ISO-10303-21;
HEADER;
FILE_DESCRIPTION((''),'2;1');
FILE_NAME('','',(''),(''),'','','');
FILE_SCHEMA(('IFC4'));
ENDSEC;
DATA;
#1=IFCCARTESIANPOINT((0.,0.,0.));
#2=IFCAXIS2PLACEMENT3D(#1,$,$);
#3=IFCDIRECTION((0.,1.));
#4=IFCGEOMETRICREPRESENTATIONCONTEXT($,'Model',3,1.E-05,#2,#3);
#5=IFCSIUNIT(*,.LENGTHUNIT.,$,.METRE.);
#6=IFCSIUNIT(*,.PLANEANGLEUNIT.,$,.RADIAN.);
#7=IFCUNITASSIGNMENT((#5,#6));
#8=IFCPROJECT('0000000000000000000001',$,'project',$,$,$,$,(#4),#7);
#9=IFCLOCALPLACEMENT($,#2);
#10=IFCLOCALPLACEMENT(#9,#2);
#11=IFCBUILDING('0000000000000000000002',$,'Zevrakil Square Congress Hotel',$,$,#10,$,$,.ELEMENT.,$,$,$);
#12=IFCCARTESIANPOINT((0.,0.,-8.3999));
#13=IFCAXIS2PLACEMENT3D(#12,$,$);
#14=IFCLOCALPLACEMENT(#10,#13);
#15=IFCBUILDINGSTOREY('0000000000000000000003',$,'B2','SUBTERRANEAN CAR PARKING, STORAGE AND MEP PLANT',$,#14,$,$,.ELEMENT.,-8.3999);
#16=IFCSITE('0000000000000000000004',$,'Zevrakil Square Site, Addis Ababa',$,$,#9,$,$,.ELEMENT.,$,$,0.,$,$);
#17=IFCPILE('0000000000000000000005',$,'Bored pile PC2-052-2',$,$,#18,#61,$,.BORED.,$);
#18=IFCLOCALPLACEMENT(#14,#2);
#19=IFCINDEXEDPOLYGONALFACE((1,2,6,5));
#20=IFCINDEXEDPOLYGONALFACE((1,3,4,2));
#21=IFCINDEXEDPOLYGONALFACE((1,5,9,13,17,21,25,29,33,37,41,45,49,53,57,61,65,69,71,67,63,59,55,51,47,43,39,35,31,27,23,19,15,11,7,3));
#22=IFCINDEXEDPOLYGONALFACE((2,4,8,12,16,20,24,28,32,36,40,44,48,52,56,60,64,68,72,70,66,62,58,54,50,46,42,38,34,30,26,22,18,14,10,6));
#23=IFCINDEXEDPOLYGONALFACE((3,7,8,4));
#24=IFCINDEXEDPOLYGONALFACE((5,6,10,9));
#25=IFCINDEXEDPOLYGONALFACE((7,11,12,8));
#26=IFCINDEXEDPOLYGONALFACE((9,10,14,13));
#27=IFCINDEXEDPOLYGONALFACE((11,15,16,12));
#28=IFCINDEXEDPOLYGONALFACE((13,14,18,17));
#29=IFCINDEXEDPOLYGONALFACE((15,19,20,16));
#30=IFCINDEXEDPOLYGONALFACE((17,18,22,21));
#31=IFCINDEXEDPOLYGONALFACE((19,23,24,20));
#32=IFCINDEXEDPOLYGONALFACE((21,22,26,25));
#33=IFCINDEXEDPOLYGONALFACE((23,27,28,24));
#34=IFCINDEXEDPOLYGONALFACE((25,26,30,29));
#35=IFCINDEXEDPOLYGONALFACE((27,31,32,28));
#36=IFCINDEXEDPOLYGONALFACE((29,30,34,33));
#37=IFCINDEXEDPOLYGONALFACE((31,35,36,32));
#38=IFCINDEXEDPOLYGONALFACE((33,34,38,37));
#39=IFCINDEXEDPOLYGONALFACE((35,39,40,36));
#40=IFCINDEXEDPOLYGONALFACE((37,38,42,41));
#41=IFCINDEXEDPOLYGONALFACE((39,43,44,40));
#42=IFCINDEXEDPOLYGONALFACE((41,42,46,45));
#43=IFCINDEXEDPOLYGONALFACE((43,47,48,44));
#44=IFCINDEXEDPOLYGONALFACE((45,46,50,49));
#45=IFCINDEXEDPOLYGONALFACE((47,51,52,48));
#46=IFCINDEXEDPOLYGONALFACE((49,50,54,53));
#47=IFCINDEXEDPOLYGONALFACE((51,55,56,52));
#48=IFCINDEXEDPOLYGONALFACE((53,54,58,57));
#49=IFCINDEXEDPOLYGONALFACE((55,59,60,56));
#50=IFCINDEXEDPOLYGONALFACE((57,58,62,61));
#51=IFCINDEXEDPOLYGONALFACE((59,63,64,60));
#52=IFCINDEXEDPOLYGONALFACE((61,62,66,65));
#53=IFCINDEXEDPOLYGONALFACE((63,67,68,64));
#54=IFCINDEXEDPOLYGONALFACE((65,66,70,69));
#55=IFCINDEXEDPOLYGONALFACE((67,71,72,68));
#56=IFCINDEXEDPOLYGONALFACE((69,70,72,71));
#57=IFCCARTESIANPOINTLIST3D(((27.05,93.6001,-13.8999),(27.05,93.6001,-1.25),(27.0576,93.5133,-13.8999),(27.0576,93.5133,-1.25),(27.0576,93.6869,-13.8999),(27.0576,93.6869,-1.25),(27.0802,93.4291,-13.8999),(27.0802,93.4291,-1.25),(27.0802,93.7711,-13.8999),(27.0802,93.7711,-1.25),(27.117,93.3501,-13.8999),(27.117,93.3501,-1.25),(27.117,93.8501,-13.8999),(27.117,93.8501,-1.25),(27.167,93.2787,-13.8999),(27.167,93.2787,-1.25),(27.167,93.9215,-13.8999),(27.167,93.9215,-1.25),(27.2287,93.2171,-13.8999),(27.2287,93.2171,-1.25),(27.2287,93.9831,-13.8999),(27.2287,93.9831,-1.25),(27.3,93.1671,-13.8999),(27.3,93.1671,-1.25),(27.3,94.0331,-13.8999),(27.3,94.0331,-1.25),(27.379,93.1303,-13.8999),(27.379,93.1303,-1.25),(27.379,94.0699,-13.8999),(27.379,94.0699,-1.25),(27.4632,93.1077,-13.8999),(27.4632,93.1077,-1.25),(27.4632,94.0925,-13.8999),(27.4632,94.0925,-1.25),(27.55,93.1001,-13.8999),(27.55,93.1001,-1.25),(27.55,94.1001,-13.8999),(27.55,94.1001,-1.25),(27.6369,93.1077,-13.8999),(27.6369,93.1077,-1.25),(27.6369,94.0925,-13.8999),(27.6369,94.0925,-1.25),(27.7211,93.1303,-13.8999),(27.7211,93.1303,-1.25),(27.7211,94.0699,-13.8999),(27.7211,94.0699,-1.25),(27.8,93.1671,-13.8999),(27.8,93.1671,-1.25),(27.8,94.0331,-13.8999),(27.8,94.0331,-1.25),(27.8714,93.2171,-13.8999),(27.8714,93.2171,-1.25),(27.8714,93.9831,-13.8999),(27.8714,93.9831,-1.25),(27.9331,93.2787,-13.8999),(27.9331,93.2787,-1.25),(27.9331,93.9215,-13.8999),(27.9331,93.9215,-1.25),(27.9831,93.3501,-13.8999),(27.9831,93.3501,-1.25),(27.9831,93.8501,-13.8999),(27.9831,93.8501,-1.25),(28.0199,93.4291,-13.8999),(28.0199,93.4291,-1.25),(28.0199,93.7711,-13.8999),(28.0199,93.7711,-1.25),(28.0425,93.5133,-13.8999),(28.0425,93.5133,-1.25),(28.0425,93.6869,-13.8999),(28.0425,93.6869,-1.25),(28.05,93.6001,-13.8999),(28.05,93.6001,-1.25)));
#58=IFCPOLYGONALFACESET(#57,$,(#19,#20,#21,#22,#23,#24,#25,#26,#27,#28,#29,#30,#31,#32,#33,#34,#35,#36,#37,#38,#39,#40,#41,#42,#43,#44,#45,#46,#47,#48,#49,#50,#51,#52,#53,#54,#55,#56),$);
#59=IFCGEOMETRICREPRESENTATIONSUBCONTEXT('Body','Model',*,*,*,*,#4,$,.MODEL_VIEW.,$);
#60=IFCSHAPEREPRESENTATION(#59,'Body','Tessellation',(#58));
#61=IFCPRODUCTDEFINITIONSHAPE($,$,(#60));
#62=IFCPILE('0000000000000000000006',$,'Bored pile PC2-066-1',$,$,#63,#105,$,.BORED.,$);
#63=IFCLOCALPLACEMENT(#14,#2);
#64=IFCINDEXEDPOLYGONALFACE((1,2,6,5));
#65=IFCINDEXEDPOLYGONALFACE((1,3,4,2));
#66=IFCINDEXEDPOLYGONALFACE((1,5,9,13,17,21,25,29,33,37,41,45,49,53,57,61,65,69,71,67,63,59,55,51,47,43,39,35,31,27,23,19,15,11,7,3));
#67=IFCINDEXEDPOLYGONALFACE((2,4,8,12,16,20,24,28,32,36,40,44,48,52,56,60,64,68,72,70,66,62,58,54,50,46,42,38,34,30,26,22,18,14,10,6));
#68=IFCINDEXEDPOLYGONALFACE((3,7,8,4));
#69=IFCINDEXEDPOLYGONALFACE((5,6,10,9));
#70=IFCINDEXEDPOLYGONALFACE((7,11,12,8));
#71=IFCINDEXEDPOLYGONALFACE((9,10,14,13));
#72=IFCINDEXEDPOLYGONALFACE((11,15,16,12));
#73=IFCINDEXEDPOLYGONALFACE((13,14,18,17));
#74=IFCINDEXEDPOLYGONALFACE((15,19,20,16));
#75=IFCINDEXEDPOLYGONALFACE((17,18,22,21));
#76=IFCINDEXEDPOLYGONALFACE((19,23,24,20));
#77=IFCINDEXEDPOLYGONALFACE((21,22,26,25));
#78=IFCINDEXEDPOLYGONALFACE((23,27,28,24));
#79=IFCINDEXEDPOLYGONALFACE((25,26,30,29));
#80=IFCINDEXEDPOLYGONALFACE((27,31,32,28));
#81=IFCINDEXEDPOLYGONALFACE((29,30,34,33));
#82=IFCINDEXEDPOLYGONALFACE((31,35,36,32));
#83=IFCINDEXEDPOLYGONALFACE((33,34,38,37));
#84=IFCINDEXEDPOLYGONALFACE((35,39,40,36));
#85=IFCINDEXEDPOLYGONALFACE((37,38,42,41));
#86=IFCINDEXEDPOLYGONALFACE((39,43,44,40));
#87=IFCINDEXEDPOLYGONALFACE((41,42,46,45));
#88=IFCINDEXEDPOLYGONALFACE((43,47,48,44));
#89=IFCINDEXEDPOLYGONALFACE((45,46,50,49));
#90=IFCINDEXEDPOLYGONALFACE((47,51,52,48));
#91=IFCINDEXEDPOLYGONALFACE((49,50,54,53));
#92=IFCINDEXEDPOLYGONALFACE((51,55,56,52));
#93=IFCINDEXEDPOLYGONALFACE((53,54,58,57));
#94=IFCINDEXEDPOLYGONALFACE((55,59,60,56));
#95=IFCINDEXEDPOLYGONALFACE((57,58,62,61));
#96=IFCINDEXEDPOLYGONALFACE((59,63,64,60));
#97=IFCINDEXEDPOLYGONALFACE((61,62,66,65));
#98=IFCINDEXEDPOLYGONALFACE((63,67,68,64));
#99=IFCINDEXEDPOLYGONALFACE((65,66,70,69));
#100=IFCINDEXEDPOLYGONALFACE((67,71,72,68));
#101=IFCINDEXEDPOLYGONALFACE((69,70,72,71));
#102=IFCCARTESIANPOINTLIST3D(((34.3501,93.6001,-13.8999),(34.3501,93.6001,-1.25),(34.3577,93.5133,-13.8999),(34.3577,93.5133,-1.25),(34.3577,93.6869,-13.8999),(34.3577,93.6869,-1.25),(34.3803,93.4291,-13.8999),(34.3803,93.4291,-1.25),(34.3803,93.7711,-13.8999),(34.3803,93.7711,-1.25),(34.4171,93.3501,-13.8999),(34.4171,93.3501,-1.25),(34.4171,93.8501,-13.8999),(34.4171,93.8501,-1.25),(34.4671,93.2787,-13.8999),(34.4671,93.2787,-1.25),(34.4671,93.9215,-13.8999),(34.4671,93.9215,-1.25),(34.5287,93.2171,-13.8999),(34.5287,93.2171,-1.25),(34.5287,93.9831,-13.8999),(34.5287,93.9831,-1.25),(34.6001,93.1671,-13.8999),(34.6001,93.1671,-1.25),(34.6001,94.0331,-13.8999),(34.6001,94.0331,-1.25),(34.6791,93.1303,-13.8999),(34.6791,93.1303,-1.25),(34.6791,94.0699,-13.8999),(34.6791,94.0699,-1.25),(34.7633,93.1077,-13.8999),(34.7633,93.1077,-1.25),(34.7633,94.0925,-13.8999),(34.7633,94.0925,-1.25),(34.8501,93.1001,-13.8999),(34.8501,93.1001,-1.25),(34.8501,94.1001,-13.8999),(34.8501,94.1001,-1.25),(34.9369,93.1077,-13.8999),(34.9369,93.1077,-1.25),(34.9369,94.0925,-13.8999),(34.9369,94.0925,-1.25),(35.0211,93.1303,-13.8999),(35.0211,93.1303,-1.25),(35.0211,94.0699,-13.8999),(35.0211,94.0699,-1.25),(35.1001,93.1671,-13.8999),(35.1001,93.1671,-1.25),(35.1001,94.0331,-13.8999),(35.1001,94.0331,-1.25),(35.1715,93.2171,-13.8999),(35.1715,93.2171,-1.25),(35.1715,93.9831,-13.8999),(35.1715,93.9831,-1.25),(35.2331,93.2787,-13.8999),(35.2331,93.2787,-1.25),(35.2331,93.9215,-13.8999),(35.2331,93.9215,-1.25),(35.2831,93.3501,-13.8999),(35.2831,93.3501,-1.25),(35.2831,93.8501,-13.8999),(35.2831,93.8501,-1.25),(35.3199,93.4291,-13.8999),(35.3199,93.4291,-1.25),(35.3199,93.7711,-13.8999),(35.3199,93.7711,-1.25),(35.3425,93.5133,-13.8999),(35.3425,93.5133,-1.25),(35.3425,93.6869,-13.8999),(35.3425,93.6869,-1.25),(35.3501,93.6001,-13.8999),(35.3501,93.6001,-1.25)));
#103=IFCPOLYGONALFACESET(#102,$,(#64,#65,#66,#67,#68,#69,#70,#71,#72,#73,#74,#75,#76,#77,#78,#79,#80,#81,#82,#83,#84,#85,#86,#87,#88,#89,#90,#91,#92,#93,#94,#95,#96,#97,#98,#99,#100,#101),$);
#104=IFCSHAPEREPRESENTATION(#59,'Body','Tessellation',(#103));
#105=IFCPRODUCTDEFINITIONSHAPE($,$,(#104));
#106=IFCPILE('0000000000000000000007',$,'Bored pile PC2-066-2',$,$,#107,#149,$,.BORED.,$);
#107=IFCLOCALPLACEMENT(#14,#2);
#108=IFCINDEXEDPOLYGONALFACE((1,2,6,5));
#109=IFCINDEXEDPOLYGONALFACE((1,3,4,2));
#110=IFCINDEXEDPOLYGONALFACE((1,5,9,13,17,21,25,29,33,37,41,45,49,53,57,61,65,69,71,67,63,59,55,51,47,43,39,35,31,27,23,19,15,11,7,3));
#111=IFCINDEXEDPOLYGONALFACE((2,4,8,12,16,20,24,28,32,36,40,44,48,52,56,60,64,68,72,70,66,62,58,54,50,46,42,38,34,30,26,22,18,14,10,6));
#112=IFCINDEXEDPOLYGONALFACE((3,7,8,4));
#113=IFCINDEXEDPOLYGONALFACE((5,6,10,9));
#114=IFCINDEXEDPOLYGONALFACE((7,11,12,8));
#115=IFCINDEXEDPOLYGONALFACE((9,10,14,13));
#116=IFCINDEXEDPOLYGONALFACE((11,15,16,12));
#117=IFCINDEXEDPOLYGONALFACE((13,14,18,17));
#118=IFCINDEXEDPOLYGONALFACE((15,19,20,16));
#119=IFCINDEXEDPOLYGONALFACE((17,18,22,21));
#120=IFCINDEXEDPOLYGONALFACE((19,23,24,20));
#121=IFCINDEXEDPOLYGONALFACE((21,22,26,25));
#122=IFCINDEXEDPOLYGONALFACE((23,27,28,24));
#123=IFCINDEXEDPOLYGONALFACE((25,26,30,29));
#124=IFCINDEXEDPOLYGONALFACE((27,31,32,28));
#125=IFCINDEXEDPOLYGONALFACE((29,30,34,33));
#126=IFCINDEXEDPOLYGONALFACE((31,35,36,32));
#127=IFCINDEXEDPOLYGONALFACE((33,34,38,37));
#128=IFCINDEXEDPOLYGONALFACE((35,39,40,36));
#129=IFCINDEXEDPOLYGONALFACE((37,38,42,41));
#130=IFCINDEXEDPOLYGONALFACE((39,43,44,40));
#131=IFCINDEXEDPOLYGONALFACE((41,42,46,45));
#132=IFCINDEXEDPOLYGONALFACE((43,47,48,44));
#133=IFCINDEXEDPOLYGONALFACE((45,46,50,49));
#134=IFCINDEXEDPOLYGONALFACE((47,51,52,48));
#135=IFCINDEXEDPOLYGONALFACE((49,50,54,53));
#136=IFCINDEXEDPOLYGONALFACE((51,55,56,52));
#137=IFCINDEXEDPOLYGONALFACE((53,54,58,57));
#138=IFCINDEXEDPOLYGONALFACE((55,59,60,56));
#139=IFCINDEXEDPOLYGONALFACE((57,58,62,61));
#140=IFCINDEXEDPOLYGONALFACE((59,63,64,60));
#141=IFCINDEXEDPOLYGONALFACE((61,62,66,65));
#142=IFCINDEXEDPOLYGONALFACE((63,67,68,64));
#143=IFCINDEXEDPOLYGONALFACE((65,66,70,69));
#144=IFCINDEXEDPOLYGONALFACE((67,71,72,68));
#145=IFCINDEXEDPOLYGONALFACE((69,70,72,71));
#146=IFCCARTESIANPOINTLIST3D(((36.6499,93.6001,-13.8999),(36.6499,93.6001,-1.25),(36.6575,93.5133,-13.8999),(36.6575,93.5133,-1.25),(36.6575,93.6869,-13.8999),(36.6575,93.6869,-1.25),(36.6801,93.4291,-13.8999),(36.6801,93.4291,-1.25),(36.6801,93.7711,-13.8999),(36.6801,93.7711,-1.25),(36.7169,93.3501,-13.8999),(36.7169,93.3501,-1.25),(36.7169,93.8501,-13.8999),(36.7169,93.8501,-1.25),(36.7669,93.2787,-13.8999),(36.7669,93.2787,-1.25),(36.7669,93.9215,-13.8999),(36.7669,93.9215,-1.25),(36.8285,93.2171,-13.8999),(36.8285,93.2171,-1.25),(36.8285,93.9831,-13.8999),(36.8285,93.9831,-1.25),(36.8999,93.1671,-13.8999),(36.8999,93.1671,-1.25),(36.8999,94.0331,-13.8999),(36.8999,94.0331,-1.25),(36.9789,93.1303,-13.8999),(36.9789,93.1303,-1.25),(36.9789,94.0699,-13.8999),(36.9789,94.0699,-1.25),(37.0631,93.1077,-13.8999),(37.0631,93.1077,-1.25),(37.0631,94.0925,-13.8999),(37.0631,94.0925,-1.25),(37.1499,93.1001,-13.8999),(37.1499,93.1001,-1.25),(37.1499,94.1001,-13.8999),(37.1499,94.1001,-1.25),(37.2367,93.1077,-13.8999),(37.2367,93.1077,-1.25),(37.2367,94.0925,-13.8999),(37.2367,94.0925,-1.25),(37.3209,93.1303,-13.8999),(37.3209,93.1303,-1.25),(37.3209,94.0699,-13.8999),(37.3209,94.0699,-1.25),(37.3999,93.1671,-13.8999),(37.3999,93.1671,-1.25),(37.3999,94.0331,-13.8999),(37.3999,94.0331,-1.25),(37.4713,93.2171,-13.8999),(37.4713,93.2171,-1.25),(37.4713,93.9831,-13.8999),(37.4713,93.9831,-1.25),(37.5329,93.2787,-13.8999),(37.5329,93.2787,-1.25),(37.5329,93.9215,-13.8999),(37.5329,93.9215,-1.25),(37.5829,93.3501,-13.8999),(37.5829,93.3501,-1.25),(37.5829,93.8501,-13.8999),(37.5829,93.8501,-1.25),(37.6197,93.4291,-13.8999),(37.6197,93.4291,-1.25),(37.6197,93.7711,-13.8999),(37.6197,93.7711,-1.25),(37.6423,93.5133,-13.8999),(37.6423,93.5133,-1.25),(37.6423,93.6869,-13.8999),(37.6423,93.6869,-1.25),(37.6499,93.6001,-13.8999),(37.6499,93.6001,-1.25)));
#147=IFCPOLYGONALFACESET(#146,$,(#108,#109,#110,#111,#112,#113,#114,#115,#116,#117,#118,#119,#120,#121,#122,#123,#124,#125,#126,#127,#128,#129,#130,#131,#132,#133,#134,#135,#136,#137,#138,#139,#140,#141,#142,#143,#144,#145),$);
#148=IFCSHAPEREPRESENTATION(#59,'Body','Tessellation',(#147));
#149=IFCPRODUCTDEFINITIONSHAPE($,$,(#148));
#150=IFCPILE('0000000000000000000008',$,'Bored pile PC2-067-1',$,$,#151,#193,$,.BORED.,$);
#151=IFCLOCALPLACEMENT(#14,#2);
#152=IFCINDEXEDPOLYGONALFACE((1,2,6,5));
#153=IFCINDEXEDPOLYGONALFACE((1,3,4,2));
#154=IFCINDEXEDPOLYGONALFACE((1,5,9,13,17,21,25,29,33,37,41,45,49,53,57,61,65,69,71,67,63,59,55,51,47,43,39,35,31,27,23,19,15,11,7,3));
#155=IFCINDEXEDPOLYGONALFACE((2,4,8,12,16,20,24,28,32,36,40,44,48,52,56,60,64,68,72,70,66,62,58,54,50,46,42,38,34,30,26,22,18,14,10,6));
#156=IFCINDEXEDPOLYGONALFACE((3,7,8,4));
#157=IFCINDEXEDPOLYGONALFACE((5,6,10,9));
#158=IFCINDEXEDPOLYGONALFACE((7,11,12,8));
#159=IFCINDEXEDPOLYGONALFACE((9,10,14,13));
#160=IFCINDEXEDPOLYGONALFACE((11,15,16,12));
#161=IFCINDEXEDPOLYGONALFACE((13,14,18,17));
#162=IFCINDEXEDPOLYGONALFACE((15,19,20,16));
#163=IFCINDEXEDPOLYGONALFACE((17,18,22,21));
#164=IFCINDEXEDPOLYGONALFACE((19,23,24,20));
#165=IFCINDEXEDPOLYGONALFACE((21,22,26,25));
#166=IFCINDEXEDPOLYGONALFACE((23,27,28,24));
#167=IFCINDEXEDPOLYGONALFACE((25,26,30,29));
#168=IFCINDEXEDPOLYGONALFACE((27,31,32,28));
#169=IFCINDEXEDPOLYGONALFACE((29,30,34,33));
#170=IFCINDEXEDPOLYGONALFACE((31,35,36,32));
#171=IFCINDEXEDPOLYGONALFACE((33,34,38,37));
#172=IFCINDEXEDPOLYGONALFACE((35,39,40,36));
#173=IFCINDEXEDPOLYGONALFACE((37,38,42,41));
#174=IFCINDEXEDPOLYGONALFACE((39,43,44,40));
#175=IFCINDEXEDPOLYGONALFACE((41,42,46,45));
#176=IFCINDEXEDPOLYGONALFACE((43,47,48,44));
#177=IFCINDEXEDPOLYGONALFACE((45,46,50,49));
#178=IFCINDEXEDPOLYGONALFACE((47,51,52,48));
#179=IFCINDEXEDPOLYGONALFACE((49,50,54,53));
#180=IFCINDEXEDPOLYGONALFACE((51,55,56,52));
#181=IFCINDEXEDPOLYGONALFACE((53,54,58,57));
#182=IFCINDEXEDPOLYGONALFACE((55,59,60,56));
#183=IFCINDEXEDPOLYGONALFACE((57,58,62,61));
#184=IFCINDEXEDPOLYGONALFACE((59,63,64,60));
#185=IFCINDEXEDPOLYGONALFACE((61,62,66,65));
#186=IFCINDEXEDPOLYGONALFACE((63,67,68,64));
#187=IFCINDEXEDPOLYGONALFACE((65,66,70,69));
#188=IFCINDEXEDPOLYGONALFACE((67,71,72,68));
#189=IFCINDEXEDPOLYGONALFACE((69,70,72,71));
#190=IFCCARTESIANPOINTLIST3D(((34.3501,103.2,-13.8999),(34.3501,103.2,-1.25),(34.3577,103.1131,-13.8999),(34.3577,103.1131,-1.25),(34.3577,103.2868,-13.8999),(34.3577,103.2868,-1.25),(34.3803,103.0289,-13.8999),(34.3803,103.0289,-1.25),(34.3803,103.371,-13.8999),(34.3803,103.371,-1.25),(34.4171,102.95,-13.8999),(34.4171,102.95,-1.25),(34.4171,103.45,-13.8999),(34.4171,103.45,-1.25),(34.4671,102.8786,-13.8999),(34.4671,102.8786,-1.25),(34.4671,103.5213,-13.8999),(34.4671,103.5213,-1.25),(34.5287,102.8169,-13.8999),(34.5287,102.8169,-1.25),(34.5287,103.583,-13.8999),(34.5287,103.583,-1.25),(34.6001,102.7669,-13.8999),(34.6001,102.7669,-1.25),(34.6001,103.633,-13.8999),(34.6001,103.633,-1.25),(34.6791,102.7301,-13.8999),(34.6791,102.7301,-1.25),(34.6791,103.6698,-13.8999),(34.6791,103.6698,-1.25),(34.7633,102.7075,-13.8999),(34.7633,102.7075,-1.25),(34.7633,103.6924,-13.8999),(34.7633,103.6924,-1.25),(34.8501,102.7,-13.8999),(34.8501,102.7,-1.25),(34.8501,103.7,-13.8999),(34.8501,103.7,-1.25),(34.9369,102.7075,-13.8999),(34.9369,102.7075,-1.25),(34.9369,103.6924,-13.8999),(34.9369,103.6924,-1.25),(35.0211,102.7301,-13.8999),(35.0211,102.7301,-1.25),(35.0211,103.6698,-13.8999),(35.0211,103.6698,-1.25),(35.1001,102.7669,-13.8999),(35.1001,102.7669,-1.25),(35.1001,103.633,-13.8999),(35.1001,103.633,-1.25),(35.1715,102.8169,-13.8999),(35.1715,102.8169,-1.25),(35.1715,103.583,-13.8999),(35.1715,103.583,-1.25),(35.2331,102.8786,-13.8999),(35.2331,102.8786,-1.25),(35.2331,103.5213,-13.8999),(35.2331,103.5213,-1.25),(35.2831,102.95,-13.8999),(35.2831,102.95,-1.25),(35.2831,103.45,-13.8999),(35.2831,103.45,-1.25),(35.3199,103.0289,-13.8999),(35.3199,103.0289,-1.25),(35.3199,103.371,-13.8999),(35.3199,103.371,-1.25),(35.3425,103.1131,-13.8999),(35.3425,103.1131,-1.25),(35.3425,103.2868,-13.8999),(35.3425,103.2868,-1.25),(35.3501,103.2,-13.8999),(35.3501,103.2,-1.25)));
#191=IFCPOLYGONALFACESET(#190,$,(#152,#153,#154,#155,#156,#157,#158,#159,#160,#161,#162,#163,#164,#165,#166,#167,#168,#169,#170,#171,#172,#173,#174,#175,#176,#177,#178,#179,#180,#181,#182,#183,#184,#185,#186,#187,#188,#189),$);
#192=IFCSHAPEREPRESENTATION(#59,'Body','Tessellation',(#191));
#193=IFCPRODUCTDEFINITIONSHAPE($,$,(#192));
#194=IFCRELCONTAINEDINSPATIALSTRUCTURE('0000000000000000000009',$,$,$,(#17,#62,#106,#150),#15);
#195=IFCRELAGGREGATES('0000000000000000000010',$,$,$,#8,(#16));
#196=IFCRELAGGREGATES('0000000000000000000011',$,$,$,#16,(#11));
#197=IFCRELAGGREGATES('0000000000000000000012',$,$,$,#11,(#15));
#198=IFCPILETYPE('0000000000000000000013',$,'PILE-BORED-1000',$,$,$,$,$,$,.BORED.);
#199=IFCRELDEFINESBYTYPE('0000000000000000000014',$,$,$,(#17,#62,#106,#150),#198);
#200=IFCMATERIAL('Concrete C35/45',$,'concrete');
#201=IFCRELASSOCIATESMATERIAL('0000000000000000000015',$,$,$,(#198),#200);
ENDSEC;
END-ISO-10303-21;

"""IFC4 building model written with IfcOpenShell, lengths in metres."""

from ifc_helpers import new_model, si_unit, direction, frame, origin, origin_2d, place, context, subcontext, project, spatial, circle, extrude, material, material_profile, profile_set, type_object, element, save


model = new_model("IFC4")

# Units and contexts
model_context = context("Model", 3, precision=1e-05, world=origin(), true_north=direction((0.0, 1.0)))
body_context = subcontext(model_context, "Body", "Model", "MODEL_VIEW")
ifc_project = project(units=[si_unit("LENGTHUNIT", "METRE"), si_unit("PLANEANGLEUNIT", "RADIAN")], contexts=[model_context])

# Site, building, storey
site_placement = place(None, origin())
site = spatial("IfcSite", under=ifc_project, at=site_placement, Name="Zevrakil Square Site, Addis Ababa", CompositionType="ELEMENT", RefElevation=0.0)
building_placement = place(site_placement, origin())
building = spatial("IfcBuilding", under=site, at=building_placement, Name="Zevrakil Square Congress Hotel", CompositionType="ELEMENT")
storey_placement = place(building_placement, frame((0.0, 0.0, -8.3999)))
storey = spatial("IfcBuildingStorey", under=building, at=storey_placement, Name="B2", Description="SUBTERRANEAN CAR PARKING, STORAGE AND MEP PLANT", CompositionType="ELEMENT", Elevation=-8.3999)

# Piles
ifc_material_1 = material(Name="Concrete C35/45", Category="concrete")
ifc_material_profile_1 = material_profile(ifc_material_1, circle(Radius=0.5, at=origin_2d()), Name="PILE D1000")
ifc_profile_set_1 = profile_set([ifc_material_profile_1], Name="Concrete C35/45")
pile_type = type_object("IfcPileType", Name="PILE-BORED-1000", PredefinedType="BORED", material=ifc_profile_set_1)
for number, where, z_axis, x_axis, name in (
    (1, (27.55, 93.6001, -1.25), (0.0, 0.0, -1.0), (1.0, 0.0, 0.0), "Bored pile PC2-052-2"),
    (2, (34.8501, 93.6001, -1.25), (0.0, 0.0, -1.0), (1.0, 0.0, 0.0), "Bored pile PC2-066-1"),
    (3, (37.1499, 93.6001, -1.25), (0.0, 0.0, -1.0), (1.0, 0.0, 0.0), "Bored pile PC2-066-2"),
    (4, (34.8501, 103.2, -1.25), (0.0, 0.0, -1.0), (1.0, 0.0, 0.0), "Bored pile PC2-067-1"),
):
    element("IfcPile", number, at=place(storey_placement, frame(where, z_axis=z_axis, x_axis=x_axis)), inside=storey, type_object=pile_type, Name=name, PredefinedType="BORED", context=body_context, shape_type="SweptSolid", body=[
        extrude(circle(Radius=0.5, at=origin_2d()), origin(), (0.0, 0.0, 1.0), 12.6499),
    ])

save(model, "model.ifc")
